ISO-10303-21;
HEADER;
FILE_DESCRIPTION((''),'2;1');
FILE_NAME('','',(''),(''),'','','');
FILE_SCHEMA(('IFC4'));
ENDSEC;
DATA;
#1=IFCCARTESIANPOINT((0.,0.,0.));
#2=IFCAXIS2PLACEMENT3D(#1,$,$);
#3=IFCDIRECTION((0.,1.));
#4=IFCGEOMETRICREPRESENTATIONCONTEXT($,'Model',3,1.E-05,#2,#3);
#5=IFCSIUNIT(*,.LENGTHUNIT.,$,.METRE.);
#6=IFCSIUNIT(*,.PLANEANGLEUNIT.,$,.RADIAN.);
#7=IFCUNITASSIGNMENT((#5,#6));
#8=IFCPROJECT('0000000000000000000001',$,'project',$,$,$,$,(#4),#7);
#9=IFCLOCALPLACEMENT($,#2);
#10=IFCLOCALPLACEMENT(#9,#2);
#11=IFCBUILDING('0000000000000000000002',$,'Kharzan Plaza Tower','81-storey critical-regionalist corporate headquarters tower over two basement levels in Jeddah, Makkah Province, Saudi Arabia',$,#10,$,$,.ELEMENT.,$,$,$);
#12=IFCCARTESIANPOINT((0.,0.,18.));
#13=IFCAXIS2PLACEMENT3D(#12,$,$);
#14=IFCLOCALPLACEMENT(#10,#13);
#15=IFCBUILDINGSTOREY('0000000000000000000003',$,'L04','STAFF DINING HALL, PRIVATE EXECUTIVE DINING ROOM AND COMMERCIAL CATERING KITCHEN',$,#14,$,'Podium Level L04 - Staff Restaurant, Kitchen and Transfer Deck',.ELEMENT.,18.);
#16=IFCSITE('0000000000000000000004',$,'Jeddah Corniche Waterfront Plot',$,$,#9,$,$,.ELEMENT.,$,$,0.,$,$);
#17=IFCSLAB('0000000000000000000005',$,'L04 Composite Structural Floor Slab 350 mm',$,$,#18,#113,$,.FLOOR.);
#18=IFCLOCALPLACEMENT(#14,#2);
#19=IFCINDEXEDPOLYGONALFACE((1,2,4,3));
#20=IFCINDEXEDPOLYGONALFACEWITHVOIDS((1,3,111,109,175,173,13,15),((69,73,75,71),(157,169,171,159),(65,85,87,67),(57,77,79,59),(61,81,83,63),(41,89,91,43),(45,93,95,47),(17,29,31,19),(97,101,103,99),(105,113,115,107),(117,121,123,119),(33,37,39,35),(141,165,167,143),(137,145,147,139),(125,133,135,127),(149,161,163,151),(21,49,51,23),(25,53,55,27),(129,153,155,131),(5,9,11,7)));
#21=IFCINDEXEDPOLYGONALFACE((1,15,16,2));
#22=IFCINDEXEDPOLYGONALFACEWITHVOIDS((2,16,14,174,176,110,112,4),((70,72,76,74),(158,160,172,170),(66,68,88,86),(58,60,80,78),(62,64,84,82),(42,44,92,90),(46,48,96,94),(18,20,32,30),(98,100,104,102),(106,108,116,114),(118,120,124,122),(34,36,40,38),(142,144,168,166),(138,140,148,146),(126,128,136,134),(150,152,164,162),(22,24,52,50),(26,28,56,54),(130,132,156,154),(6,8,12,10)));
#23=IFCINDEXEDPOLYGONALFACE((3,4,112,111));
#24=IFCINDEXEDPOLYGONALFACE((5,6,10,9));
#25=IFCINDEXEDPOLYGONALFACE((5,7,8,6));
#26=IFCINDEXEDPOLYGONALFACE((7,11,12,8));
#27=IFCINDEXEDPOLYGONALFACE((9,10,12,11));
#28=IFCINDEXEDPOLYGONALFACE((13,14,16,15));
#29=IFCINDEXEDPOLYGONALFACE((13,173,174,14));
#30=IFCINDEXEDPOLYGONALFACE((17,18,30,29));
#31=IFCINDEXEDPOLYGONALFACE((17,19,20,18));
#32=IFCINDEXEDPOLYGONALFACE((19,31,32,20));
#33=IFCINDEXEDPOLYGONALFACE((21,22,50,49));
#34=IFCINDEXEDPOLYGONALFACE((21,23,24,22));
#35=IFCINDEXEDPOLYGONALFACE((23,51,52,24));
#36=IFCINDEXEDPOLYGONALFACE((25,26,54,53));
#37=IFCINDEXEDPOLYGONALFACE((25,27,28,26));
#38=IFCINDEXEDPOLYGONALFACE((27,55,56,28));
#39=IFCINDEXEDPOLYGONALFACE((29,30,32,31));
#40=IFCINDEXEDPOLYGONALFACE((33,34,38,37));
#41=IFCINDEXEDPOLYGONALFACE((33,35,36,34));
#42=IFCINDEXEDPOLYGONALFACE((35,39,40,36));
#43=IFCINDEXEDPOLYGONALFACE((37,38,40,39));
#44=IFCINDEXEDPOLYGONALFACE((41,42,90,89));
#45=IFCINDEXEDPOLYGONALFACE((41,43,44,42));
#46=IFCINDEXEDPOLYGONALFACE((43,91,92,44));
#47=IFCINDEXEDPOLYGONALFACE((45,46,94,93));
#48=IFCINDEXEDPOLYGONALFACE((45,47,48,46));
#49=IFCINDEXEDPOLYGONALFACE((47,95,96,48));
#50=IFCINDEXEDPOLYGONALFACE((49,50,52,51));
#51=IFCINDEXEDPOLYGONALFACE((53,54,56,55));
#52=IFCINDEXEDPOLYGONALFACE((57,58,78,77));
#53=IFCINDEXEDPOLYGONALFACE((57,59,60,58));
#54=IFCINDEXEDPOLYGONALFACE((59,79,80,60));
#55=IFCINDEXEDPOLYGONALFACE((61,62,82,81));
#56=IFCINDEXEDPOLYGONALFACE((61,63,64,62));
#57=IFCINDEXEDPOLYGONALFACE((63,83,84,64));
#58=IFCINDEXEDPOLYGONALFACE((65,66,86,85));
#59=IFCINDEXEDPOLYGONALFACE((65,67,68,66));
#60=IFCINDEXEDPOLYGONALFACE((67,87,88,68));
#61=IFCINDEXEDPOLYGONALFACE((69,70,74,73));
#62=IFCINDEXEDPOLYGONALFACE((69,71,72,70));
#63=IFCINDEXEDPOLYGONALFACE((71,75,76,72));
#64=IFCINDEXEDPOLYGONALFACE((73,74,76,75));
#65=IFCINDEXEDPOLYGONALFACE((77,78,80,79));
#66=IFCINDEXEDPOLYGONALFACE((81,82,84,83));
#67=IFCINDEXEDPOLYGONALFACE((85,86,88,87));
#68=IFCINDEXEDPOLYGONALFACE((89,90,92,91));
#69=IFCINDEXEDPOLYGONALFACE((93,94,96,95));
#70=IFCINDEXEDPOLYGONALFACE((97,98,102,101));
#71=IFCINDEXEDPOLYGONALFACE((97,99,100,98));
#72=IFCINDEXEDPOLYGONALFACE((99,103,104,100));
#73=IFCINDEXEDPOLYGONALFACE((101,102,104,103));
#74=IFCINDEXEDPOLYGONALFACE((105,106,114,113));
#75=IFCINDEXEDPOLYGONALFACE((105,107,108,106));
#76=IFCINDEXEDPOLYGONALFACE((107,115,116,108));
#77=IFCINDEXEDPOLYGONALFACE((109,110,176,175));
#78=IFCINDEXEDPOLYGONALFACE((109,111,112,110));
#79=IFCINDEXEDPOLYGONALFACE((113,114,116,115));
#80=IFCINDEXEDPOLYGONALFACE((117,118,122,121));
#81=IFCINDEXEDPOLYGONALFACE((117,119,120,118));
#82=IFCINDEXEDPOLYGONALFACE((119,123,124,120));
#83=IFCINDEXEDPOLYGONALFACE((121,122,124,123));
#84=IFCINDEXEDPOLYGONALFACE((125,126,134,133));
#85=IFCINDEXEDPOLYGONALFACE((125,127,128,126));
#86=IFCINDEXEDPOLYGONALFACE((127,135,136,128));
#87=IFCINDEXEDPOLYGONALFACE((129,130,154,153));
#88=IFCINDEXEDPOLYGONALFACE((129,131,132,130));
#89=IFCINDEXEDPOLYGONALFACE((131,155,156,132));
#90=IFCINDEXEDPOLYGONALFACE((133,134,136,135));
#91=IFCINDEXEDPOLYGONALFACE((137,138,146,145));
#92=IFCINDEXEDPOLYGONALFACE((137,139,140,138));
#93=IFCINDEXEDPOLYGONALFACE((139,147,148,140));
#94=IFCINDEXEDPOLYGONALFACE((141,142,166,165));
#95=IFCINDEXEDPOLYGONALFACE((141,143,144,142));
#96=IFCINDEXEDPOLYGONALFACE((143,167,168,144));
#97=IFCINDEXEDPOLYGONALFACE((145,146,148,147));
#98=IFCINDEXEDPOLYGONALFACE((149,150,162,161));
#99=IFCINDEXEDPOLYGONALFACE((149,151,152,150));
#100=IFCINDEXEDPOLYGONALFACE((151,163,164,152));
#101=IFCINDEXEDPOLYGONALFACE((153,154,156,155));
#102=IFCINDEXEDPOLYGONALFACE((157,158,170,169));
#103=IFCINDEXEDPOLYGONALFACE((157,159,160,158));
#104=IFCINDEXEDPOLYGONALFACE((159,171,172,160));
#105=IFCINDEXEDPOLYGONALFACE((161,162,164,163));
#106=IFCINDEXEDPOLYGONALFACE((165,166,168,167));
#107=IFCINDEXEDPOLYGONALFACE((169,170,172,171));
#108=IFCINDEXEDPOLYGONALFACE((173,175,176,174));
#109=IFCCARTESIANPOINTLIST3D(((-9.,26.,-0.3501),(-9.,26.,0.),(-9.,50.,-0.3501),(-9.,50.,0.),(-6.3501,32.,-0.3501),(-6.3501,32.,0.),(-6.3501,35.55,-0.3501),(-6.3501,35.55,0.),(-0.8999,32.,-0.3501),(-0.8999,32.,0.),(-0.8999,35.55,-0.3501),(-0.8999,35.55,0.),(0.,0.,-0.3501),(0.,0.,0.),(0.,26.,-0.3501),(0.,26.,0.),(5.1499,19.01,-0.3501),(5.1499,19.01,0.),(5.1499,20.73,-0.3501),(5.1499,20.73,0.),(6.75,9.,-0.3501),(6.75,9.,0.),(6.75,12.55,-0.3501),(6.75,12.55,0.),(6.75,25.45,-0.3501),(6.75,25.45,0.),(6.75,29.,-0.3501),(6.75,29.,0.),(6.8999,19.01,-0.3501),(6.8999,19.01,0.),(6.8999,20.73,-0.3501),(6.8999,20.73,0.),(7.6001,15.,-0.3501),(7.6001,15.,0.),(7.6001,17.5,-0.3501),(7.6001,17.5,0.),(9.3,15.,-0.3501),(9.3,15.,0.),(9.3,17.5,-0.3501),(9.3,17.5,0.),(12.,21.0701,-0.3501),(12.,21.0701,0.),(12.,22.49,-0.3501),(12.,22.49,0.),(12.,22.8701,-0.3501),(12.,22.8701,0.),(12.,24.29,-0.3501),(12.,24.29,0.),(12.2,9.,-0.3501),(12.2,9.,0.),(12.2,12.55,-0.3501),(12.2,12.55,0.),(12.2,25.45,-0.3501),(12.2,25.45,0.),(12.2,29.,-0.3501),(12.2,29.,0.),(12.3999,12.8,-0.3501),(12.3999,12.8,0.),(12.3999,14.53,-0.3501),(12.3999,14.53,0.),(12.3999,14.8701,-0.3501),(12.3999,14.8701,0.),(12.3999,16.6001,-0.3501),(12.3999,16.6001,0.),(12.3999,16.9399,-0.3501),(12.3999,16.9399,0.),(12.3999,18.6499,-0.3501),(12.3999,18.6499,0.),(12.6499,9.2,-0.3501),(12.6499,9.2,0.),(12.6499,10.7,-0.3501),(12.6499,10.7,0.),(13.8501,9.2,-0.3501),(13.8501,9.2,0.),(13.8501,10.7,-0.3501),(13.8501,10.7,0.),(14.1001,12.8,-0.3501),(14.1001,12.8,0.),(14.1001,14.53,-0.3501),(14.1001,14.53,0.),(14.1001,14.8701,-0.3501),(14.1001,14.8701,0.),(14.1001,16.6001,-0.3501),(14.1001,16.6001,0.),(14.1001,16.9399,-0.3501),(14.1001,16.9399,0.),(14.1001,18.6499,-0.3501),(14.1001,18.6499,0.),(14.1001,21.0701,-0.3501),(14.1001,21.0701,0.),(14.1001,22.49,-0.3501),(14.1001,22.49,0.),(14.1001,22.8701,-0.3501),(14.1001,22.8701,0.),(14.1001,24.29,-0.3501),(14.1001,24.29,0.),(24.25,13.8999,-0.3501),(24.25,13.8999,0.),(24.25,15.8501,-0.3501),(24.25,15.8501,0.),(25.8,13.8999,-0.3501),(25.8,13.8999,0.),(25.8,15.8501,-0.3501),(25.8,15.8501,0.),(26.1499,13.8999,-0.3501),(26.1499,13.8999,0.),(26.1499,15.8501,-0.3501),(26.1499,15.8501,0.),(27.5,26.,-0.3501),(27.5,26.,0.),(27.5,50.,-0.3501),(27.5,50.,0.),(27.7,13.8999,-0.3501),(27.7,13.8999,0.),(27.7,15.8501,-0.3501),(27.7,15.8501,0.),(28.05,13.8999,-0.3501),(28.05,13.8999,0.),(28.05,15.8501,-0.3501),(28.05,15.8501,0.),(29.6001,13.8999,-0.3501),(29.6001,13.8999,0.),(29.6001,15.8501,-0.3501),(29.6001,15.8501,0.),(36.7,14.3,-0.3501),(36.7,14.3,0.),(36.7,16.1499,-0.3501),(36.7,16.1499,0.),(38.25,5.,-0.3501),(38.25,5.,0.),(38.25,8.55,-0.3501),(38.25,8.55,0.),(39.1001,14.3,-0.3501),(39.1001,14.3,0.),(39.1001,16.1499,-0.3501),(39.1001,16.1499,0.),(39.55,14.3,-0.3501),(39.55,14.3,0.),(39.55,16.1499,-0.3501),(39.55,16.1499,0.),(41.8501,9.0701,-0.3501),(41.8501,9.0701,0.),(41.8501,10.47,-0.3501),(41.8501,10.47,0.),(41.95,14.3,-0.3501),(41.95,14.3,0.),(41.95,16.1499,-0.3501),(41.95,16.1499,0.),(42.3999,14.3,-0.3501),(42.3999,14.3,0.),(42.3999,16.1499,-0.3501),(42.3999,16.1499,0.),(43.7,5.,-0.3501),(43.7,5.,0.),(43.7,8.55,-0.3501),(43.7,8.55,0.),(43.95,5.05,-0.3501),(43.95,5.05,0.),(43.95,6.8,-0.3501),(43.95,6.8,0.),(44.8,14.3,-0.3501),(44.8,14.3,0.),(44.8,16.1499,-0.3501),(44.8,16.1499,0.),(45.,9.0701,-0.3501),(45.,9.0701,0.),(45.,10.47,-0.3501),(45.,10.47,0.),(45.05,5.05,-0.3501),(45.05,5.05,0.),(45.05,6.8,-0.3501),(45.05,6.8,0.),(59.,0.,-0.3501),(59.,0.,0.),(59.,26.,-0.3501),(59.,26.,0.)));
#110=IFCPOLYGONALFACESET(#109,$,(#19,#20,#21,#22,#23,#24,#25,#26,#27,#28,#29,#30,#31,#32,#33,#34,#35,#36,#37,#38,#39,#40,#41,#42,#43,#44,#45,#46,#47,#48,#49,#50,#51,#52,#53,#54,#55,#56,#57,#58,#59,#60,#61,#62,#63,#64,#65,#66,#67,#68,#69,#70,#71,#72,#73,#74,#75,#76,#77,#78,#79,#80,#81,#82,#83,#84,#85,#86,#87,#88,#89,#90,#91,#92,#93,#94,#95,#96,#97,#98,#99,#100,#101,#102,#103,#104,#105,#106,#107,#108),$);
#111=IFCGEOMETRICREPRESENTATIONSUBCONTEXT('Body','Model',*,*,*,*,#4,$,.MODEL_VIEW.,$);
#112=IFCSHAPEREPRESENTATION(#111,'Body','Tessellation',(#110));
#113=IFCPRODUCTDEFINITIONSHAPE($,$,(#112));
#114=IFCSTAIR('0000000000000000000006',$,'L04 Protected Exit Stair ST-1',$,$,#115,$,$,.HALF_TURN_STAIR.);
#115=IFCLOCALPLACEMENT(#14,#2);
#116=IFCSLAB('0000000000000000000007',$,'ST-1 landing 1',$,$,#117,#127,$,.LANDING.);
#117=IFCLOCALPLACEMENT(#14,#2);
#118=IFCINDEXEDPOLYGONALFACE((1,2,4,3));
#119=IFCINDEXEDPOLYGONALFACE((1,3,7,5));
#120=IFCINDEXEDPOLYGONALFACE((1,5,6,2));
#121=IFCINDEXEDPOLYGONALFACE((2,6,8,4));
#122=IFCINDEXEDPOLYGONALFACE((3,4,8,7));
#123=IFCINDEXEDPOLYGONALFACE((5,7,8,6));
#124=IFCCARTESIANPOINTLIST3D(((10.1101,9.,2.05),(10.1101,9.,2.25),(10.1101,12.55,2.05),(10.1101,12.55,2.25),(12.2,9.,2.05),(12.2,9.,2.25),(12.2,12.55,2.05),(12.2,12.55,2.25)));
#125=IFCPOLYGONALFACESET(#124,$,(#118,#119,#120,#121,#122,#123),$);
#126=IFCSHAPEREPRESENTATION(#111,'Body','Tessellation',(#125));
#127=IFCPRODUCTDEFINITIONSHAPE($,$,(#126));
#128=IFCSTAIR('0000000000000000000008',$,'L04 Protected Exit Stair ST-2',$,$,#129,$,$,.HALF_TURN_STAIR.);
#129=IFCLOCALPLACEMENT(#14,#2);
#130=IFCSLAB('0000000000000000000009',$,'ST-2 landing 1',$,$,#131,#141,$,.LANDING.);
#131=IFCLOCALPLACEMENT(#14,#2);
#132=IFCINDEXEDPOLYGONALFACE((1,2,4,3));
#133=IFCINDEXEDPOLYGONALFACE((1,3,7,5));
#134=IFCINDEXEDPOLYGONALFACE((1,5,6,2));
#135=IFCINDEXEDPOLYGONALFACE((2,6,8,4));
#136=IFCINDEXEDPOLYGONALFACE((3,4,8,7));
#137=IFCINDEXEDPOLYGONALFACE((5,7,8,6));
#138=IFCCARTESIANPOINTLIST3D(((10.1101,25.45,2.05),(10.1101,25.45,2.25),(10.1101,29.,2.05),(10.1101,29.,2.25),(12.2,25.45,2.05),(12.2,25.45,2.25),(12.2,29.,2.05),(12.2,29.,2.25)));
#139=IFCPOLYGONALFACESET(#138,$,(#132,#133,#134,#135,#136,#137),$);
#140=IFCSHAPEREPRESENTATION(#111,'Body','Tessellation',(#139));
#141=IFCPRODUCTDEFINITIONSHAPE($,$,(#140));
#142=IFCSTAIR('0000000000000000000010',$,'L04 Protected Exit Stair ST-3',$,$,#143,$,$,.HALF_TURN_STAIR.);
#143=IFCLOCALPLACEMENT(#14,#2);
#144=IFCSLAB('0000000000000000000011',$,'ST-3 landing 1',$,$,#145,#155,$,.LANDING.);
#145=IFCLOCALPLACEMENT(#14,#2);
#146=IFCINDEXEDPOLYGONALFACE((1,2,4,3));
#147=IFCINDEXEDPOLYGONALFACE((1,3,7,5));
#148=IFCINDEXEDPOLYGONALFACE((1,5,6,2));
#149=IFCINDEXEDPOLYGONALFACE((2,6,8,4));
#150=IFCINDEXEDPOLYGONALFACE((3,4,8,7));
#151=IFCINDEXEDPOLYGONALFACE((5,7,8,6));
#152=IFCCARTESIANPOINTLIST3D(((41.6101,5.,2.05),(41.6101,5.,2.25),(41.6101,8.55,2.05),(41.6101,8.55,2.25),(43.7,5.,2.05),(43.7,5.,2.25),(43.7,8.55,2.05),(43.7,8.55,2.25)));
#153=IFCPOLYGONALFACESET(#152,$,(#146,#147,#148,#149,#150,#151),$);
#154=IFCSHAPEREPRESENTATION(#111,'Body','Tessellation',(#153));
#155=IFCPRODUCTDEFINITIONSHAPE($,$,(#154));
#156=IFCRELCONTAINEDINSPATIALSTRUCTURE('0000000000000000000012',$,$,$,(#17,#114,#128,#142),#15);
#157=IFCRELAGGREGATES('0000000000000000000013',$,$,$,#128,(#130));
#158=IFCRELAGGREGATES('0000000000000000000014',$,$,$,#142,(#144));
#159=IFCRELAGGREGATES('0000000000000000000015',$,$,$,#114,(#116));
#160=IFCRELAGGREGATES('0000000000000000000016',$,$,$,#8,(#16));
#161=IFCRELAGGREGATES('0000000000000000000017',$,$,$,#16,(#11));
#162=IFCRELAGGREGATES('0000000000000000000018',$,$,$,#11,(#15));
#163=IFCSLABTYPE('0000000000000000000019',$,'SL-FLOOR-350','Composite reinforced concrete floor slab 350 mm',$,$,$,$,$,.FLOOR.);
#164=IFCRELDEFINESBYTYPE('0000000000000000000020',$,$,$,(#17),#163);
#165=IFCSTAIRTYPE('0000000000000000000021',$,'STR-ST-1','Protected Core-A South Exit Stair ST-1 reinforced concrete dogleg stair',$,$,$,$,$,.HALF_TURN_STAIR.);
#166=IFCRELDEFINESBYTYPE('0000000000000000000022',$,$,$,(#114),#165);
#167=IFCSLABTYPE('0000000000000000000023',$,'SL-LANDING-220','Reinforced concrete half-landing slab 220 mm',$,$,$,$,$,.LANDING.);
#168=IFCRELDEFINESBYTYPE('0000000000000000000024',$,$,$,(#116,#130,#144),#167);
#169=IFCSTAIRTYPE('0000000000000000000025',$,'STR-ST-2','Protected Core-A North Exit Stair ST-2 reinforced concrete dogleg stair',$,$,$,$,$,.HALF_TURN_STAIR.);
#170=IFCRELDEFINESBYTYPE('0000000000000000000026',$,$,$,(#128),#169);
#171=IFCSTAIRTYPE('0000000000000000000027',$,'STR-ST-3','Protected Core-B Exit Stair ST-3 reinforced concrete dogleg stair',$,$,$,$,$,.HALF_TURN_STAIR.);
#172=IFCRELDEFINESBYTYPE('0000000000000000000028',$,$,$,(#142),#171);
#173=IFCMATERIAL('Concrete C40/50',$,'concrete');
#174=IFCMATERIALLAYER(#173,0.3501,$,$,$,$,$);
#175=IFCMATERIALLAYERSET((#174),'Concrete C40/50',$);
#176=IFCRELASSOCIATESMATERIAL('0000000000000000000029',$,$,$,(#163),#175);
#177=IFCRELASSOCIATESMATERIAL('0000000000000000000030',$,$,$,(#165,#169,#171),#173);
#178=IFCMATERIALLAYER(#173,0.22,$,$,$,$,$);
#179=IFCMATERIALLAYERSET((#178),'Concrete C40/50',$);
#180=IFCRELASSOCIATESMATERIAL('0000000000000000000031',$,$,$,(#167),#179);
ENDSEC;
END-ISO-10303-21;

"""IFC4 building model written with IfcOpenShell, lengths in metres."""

from ifc_helpers import new_model, si_unit, direction, frame, origin, place, context, subcontext, project, spatial, polyline, outline, extrude, material, layer, layer_set, type_object, element, aggregate, save


model = new_model("IFC4")

# Units and contexts
model_context = context("Model", 3, precision=1e-05, world=origin(), true_north=direction((0.0, 1.0)))
body_context = subcontext(model_context, "Body", "Model", "MODEL_VIEW")
ifc_project = project(units=[si_unit("LENGTHUNIT", "METRE"), si_unit("PLANEANGLEUNIT", "RADIAN")], contexts=[model_context])

# Site, building, storey
site_placement = place(None, origin())
site = spatial("IfcSite", under=ifc_project, at=site_placement, Name="Jeddah Corniche Waterfront Plot", CompositionType="ELEMENT", RefElevation=0.0)
building_placement = place(site_placement, origin())
building = spatial("IfcBuilding", under=site, at=building_placement, Name="Kharzan Plaza Tower", Description="81-storey critical-regionalist corporate headquarters tower over two basement levels in Jeddah, Makkah Province, Saudi Arabia", CompositionType="ELEMENT")
storey_placement = place(building_placement, frame((0.0, 0.0, 18.0)))
storey = spatial("IfcBuildingStorey", under=building, at=storey_placement, Name="L04", Description="STAFF DINING HALL, PRIVATE EXECUTIVE DINING ROOM AND COMMERCIAL CATERING KITCHEN", LongName="Podium Level L04 - Staff Restaurant, Kitchen and Transfer Deck", CompositionType="ELEMENT", Elevation=18.0)

# Slab
ifc_material_1 = material(Name="Concrete C40/50", Category="concrete")
ifc_layer_1 = layer(ifc_material_1, 0.3501)
ifc_layer_set_1 = layer_set([ifc_layer_1], Name="Concrete C40/50")
slab_type_1 = type_object("IfcSlabType", Name="SL-FLOOR-350", Description="Composite reinforced concrete floor slab 350 mm", PredefinedType="FLOOR", material=ifc_layer_set_1)
slab_1_placement = place(storey_placement, frame((0.0, 0.0, -0.3501)))
element("IfcSlab", 1, at=slab_1_placement, inside=storey, type_object=slab_type_1, Name="L04 Composite Structural Floor Slab 350 mm", PredefinedType="FLOOR", context=body_context, shape_type="SweptSolid", body=[
    extrude(outline(polyline([(59.0, 0.0), (59.0, 26.0), (27.5, 26.0), (27.5, 50.0), (-9.0, 50.0), (-9.0, 26.0), (0.0, 26.0), (0.0, 0.0), (59.0, 0.0)]), holes=[polyline([(12.2, 9.0), (12.2, 12.55), (6.75, 12.55), (6.75, 9.0), (12.2, 9.0)]), polyline([(14.1001, 12.8), (14.1001, 14.53), (12.3999, 14.53), (12.3999, 12.8), (14.1001, 12.8)]), polyline([(14.1001, 14.8701), (14.1001, 16.6001), (12.3999, 16.6001), (12.3999, 14.8701), (14.1001, 14.8701)]), polyline([(7.6001, 15.0), (9.3, 15.0), (9.3, 17.5), (7.6001, 17.5), (7.6001, 15.0)]), polyline([(12.3999, 16.9399), (14.1001, 16.9399), (14.1001, 18.6499), (12.3999, 18.6499), (12.3999, 16.9399)]), polyline([(6.8999, 19.01), (6.8999, 20.73), (5.1499, 20.73), (5.1499, 19.01), (6.8999, 19.01)]), polyline([(14.1001, 21.0701), (14.1001, 22.49), (12.0, 22.49), (12.0, 21.0701), (14.1001, 21.0701)]), polyline([(14.1001, 22.8701), (14.1001, 24.29), (12.0, 24.29), (12.0, 22.8701), (14.1001, 22.8701)]), polyline([(6.75, 25.45), (12.2, 25.45), (12.2, 29.0), (6.75, 29.0), (6.75, 25.45)]), polyline([(-6.3501, 32.0), (-0.8999, 32.0), (-0.8999, 35.55), (-6.3501, 35.55), (-6.3501, 32.0)]), polyline([(45.05, 5.05), (45.05, 6.8), (43.95, 6.8), (43.95, 5.05), (45.05, 5.05)]), polyline([(43.7, 5.0), (43.7, 8.55), (38.25, 8.55), (38.25, 5.0), (43.7, 5.0)]), polyline([(45.0, 9.0701), (45.0, 10.47), (41.8501, 10.47), (41.8501, 9.0701), (45.0, 9.0701)]), polyline([(12.6499, 9.2), (13.8501, 9.2), (13.8501, 10.7), (12.6499, 10.7), (12.6499, 9.2)]), polyline([(24.25, 13.8999), (25.8, 13.8999), (25.8, 15.8501), (24.25, 15.8501), (24.25, 13.8999)]), polyline([(27.7, 13.8999), (27.7, 15.8501), (26.1499, 15.8501), (26.1499, 13.8999), (27.7, 13.8999)]), polyline([(29.6001, 13.8999), (29.6001, 15.8501), (28.05, 15.8501), (28.05, 13.8999), (29.6001, 13.8999)]), polyline([(39.1001, 14.3), (39.1001, 16.1499), (36.7, 16.1499), (36.7, 14.3), (39.1001, 14.3)]), polyline([(39.55, 14.3), (41.95, 14.3), (41.95, 16.1499), (39.55, 16.1499), (39.55, 14.3)]), polyline([(42.3999, 14.3), (44.8, 14.3), (44.8, 16.1499), (42.3999, 16.1499), (42.3999, 14.3)])]), origin(), (0.0, 0.0, 1.0), 0.3501),
])

# Stairs, slabs
stair_type_1 = type_object("IfcStairType", Name="STR-ST-1", Description="Protected Core-A South Exit Stair ST-1 reinforced concrete dogleg stair", PredefinedType="HALF_TURN_STAIR", material=ifc_material_1)
stair_1_placement = place(storey_placement, origin())
stair_1 = element("IfcStair", 2, at=stair_1_placement, inside=storey, type_object=stair_type_1, Name="L04 Protected Exit Stair ST-1", PredefinedType="HALF_TURN_STAIR")
ifc_layer_2 = layer(ifc_material_1, 0.22)
ifc_layer_set_2 = layer_set([ifc_layer_2], Name="Concrete C40/50")
slab_type_2 = type_object("IfcSlabType", Name="SL-LANDING-220", Description="Reinforced concrete half-landing slab 220 mm", PredefinedType="LANDING", material=ifc_layer_set_2)
slab_2_placement = place(storey_placement, frame((0.0, 0.0, 2.05)))
slab_2 = element("IfcSlab", 3, at=slab_2_placement, type_object=slab_type_2, Name="ST-1 landing 1", PredefinedType="LANDING", context=body_context, shape_type="SweptSolid", body=[
    extrude(outline(polyline([(10.1101, 9.0), (12.2, 9.0), (12.2, 12.55), (10.1101, 12.55), (10.1101, 9.0)])), origin(), (0.0, 0.0, 1.0), 0.2),
])
stair_type_2 = type_object("IfcStairType", Name="STR-ST-2", Description="Protected Core-A North Exit Stair ST-2 reinforced concrete dogleg stair", PredefinedType="HALF_TURN_STAIR", material=ifc_material_1)
stair_2_placement = place(storey_placement, origin())
stair_2 = element("IfcStair", 4, at=stair_2_placement, inside=storey, type_object=stair_type_2, Name="L04 Protected Exit Stair ST-2", PredefinedType="HALF_TURN_STAIR")
slab_3_placement = place(storey_placement, frame((0.0, 0.0, 2.05)))
slab_3 = element("IfcSlab", 5, at=slab_3_placement, type_object=slab_type_2, Name="ST-2 landing 1", PredefinedType="LANDING", context=body_context, shape_type="SweptSolid", body=[
    extrude(outline(polyline([(10.1101, 25.45), (12.2, 25.45), (12.2, 29.0), (10.1101, 29.0), (10.1101, 25.45)])), origin(), (0.0, 0.0, 1.0), 0.2),
])
aggregate(stair_2, [slab_3])
stair_type_3 = type_object("IfcStairType", Name="STR-ST-3", Description="Protected Core-B Exit Stair ST-3 reinforced concrete dogleg stair", PredefinedType="HALF_TURN_STAIR", material=ifc_material_1)
stair_3_placement = place(storey_placement, origin())
stair_3 = element("IfcStair", 6, at=stair_3_placement, inside=storey, type_object=stair_type_3, Name="L04 Protected Exit Stair ST-3", PredefinedType="HALF_TURN_STAIR")
slab_4_placement = place(storey_placement, frame((0.0, 0.0, 2.05)))
slab_4 = element("IfcSlab", 7, at=slab_4_placement, type_object=slab_type_2, Name="ST-3 landing 1", PredefinedType="LANDING", context=body_context, shape_type="SweptSolid", body=[
    extrude(outline(polyline([(41.6101, 5.0), (43.7, 5.0), (43.7, 8.55), (41.6101, 8.55), (41.6101, 5.0)])), origin(), (0.0, 0.0, 1.0), 0.2),
])
aggregate(stair_3, [slab_4])

aggregate(stair_1, [slab_2])

save(model, "model.ifc")
